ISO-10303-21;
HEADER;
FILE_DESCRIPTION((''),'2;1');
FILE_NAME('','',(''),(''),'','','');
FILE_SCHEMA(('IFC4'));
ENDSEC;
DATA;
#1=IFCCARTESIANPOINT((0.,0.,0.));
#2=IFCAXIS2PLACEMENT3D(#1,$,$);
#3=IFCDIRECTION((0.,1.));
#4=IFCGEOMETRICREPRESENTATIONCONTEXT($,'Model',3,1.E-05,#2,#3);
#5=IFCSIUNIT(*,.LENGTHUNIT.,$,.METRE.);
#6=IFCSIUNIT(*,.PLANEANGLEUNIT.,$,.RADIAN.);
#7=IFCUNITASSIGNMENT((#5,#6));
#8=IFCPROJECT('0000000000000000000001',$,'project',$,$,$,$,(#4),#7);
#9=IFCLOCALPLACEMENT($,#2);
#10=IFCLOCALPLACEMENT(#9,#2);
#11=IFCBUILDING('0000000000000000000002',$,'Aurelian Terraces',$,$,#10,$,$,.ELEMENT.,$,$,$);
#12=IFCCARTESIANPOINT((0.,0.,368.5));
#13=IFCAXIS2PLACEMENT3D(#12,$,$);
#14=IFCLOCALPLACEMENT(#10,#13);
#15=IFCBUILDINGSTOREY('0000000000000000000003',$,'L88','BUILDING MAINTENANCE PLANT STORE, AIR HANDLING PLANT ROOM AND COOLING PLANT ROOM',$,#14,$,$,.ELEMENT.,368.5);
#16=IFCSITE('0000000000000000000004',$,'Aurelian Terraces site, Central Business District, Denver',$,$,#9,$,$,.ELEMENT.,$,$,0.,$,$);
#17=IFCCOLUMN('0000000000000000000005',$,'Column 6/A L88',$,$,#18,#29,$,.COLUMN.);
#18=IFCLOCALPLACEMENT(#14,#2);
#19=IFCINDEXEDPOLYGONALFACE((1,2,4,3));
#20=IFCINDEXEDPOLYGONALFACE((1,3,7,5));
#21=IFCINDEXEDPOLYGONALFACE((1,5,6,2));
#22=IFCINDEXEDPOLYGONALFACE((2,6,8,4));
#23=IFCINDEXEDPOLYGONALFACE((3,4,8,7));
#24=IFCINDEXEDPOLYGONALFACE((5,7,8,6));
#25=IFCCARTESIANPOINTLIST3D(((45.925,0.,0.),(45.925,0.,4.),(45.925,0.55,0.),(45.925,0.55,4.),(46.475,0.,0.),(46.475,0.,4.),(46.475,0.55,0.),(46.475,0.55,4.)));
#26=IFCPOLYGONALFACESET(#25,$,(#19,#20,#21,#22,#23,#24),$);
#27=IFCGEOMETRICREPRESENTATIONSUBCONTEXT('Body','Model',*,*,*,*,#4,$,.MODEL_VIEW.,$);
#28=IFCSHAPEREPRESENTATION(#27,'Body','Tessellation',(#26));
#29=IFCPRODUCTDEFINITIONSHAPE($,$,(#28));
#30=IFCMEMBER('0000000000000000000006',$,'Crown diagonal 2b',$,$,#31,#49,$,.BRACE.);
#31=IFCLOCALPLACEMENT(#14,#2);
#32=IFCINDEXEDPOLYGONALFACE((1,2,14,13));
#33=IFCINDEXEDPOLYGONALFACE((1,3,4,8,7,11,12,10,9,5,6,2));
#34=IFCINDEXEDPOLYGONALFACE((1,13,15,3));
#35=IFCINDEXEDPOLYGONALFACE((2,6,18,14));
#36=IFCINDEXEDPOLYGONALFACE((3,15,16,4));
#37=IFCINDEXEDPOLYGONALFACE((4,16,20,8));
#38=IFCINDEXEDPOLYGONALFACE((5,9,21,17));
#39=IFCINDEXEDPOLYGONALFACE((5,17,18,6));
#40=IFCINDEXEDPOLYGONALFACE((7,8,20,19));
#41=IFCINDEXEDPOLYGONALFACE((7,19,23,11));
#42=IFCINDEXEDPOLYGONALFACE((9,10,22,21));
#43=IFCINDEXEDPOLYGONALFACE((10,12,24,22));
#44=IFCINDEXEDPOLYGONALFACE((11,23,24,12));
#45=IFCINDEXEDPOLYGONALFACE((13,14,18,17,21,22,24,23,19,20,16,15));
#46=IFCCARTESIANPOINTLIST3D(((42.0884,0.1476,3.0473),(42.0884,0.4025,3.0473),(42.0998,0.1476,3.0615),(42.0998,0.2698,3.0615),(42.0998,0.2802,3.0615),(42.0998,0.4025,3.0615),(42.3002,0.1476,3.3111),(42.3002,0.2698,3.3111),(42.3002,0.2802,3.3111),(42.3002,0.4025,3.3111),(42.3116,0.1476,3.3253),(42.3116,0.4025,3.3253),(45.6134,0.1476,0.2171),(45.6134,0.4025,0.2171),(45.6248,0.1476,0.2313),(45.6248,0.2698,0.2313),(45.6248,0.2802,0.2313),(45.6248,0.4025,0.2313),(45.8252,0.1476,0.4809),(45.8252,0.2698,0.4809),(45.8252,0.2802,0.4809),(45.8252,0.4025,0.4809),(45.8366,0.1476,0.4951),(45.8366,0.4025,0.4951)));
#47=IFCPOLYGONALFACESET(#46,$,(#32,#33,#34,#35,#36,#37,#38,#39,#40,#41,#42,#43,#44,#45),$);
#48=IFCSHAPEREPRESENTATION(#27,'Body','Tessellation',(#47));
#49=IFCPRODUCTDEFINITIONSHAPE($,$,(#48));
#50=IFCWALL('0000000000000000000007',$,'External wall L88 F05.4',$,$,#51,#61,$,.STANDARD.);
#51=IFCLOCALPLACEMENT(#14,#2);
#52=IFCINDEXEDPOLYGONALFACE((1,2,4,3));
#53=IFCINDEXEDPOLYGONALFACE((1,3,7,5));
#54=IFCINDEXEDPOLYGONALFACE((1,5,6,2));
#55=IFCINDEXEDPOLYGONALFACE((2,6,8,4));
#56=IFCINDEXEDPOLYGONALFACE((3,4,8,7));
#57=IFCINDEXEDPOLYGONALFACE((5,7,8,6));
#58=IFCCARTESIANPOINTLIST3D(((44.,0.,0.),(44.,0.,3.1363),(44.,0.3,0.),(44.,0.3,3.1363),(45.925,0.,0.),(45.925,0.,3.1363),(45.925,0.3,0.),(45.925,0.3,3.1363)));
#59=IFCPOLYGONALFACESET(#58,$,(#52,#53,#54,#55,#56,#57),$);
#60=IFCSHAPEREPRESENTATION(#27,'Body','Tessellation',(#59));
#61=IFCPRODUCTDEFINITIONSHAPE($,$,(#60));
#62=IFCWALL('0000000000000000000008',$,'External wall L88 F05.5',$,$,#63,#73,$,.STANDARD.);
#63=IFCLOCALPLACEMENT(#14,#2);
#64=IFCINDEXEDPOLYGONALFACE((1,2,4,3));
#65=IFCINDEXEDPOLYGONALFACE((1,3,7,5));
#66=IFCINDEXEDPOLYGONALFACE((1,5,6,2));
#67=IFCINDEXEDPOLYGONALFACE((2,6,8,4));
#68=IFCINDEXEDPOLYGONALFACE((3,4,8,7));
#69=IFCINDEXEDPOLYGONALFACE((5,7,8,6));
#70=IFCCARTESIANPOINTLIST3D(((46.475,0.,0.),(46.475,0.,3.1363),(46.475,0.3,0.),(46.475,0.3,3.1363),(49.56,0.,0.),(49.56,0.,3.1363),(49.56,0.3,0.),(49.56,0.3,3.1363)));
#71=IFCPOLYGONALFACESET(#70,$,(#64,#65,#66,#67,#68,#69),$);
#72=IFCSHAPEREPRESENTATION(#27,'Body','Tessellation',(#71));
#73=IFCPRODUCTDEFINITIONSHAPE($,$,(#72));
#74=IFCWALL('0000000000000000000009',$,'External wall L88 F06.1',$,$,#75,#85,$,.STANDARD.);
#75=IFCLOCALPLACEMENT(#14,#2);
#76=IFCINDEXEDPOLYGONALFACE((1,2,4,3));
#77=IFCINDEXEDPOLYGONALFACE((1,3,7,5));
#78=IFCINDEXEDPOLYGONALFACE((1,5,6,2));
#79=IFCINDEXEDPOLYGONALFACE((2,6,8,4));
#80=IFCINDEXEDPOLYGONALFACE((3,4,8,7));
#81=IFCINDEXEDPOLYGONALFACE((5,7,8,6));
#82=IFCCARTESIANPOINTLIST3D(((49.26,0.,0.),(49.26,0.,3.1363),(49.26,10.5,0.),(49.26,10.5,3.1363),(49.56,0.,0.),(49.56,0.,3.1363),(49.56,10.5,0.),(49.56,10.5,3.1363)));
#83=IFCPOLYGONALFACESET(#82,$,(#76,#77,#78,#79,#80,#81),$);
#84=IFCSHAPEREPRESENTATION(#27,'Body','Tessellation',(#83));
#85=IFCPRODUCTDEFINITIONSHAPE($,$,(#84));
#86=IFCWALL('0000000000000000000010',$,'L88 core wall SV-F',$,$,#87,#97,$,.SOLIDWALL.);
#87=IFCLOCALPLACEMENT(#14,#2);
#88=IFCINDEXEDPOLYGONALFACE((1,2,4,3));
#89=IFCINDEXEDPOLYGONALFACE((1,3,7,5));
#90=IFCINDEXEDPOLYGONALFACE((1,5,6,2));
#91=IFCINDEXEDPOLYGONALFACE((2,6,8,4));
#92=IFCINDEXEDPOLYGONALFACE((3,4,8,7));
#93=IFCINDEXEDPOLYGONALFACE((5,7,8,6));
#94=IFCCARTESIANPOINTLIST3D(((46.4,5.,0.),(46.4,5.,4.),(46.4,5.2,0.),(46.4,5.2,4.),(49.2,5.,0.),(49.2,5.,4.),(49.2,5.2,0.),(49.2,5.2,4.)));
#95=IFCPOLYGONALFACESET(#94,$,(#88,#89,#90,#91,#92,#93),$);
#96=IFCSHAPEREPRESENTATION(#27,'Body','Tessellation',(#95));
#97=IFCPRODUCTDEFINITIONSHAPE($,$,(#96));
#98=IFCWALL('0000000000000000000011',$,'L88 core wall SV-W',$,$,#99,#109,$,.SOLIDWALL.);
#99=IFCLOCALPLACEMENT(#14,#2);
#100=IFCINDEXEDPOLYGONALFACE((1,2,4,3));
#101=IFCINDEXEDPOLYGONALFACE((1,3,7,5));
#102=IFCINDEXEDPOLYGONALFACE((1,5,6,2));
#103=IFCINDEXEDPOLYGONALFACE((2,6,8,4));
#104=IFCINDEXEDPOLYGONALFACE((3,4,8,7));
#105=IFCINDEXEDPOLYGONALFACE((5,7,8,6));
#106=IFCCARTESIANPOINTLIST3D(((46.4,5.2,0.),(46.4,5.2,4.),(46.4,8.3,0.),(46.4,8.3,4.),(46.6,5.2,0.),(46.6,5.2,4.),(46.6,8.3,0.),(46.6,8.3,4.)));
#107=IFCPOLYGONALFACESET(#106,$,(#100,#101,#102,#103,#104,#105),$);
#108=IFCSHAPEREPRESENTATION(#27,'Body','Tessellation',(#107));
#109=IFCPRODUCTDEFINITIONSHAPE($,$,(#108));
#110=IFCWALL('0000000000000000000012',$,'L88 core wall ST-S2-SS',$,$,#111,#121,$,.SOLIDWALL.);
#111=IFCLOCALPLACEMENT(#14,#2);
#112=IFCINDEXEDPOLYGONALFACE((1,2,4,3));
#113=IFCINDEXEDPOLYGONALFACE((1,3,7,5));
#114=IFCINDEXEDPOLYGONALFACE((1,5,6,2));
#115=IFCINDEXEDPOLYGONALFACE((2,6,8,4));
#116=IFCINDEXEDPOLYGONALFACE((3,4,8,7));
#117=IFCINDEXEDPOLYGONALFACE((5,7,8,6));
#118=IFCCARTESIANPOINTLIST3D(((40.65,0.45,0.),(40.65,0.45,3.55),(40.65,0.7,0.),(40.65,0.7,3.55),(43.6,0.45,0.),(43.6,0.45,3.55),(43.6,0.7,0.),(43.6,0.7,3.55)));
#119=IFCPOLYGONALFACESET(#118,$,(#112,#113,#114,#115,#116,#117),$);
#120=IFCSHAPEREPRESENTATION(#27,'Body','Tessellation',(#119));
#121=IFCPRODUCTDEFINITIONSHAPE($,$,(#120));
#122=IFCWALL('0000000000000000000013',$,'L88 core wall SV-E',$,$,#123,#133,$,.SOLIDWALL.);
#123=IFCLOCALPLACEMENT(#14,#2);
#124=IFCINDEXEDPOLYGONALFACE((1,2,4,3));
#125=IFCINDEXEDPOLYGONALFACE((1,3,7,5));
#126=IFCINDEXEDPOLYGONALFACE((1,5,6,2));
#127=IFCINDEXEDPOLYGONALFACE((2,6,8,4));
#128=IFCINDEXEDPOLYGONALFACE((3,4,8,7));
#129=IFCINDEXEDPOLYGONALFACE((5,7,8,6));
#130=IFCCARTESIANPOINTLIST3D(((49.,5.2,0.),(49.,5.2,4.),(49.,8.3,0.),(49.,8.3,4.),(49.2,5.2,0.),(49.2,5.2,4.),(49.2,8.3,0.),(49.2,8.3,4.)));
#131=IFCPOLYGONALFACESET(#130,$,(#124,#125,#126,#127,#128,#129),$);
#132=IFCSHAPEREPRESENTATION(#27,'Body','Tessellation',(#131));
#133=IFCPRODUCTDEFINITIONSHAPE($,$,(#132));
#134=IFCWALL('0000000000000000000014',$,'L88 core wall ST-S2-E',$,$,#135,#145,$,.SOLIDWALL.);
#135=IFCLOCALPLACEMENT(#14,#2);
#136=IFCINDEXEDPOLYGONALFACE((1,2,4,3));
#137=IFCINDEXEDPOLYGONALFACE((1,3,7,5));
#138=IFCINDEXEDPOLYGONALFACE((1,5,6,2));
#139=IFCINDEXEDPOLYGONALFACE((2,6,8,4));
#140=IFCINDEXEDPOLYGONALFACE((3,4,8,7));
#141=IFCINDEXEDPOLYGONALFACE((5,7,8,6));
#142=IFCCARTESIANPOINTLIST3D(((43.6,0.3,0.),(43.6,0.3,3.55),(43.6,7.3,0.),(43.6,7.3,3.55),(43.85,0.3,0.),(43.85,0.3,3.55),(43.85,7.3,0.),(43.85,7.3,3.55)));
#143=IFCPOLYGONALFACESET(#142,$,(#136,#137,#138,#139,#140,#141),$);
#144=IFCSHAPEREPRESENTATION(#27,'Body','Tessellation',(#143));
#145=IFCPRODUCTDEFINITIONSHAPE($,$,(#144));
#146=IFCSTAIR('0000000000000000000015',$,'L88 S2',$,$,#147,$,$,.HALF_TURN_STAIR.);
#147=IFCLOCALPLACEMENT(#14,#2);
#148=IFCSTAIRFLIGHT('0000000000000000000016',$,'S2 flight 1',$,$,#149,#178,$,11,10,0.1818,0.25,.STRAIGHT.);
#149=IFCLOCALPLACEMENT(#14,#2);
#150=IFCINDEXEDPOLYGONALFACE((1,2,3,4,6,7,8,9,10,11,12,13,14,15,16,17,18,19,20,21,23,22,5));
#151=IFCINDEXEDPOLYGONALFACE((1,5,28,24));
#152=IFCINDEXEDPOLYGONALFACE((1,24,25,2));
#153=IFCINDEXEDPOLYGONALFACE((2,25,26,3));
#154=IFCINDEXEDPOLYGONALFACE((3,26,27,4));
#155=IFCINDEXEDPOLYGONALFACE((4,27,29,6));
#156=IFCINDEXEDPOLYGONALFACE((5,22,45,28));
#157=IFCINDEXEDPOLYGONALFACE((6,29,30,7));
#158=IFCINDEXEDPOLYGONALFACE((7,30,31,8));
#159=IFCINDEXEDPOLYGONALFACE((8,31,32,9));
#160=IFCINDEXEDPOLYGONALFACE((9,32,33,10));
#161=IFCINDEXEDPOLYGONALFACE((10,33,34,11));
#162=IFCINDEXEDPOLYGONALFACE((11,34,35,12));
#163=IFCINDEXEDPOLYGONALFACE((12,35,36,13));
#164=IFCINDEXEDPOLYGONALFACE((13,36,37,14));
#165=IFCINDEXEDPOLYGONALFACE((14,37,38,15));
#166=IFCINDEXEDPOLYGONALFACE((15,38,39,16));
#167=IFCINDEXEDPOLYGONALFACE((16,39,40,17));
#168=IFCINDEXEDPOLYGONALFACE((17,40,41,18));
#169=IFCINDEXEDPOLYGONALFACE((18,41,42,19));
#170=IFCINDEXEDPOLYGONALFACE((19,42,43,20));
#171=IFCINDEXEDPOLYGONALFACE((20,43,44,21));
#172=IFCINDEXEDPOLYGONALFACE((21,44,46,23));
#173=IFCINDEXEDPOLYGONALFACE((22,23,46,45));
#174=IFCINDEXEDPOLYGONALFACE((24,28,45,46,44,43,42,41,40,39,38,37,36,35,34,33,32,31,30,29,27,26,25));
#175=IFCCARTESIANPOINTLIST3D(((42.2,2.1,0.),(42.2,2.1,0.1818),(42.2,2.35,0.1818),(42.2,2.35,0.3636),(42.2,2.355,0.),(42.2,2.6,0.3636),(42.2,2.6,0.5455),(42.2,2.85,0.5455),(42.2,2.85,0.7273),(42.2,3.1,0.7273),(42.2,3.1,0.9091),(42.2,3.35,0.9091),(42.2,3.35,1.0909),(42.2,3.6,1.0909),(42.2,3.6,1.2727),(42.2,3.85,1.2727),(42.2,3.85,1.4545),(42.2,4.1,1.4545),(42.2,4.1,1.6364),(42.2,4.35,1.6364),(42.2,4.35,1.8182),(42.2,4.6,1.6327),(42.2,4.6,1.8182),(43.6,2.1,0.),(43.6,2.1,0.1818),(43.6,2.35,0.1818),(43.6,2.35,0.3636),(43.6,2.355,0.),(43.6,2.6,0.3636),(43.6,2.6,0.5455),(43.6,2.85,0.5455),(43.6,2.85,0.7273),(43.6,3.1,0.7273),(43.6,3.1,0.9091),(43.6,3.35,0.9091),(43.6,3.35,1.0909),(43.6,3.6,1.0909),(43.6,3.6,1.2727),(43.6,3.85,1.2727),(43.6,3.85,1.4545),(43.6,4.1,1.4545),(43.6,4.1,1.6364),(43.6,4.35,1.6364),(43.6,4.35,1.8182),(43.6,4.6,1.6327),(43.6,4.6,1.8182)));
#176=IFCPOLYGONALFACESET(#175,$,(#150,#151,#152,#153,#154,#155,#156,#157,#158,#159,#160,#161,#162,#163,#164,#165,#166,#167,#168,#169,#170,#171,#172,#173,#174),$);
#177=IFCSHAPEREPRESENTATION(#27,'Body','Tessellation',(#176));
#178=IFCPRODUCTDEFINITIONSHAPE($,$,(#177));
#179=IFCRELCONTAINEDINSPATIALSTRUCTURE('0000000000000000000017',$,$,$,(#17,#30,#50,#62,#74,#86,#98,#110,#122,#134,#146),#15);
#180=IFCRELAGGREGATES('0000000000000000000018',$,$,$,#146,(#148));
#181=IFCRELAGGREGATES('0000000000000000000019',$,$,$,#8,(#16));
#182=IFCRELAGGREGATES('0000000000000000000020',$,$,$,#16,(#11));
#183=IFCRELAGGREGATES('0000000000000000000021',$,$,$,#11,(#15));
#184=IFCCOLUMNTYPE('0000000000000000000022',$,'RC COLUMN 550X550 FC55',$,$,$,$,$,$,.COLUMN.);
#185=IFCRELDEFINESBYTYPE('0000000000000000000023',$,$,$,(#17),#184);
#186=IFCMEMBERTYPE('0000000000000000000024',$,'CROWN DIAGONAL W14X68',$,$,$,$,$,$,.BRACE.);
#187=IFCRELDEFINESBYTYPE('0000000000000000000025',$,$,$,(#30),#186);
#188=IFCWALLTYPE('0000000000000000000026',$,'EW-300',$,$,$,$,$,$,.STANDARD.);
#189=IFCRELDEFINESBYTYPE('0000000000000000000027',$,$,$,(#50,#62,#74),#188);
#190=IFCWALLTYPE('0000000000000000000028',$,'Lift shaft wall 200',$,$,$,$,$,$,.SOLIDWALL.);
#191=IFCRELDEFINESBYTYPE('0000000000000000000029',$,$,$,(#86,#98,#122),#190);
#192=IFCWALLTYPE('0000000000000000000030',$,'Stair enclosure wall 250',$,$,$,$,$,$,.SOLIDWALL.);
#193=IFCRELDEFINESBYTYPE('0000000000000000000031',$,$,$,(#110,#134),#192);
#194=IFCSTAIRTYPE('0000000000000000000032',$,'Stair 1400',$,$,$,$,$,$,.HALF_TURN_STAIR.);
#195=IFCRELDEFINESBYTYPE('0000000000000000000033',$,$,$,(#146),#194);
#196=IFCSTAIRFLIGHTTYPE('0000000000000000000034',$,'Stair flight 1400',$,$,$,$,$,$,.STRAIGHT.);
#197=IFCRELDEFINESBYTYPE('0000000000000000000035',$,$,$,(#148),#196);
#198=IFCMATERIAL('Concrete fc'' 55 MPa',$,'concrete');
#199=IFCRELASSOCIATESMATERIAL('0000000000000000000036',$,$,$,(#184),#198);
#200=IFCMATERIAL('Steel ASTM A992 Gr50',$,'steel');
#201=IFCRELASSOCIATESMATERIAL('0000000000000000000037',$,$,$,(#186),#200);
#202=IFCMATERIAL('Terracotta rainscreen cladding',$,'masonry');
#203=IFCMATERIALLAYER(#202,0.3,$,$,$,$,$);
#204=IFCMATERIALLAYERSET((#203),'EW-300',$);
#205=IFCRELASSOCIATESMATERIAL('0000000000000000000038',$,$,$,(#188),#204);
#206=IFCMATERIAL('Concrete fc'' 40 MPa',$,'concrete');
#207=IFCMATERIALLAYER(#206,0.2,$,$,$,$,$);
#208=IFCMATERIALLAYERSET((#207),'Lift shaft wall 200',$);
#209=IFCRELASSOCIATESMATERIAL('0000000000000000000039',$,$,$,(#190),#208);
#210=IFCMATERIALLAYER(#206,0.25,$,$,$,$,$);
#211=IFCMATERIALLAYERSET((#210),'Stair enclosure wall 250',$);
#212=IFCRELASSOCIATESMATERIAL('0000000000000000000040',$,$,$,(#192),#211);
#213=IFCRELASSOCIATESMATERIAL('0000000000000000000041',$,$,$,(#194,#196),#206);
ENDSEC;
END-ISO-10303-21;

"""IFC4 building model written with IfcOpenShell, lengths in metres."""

from ifc_helpers import new_model, si_unit, direction, frame, frame_2d, origin, origin_2d, place, context, subcontext, project, spatial, polyline, rectangle, i_section, outline, extrude, source, transform, mapped, material, layer, layer_set, material_profile, profile_set, type_object, element, aggregate, save


model = new_model("IFC4")

# Units and contexts
model_context = context("Model", 3, precision=1e-05, world=origin(), true_north=direction((0.0, 1.0)))
body_context = subcontext(model_context, "Body", "Model", "MODEL_VIEW")
ifc_project = project(units=[si_unit("LENGTHUNIT", "METRE"), si_unit("PLANEANGLEUNIT", "RADIAN")], contexts=[model_context])

# Site, building, storey
site_placement = place(None, origin())
site = spatial("IfcSite", under=ifc_project, at=site_placement, Name="Aurelian Terraces site, Central Business District, Denver", CompositionType="ELEMENT", RefElevation=0.0)
building_placement = place(site_placement, origin())
building = spatial("IfcBuilding", under=site, at=building_placement, Name="Aurelian Terraces", CompositionType="ELEMENT")
storey_placement = place(building_placement, frame((0.0, 0.0, 368.5)))
storey = spatial("IfcBuildingStorey", under=building, at=storey_placement, Name="L88", Description="BUILDING MAINTENANCE PLANT STORE, AIR HANDLING PLANT ROOM AND COOLING PLANT ROOM", CompositionType="ELEMENT", Elevation=368.5)

# Column
ifc_material_1 = material(Name="Concrete fc' 55 MPa", Category="concrete")
ifc_material_profile_1 = material_profile(ifc_material_1, rectangle(XDim=0.55, YDim=0.55, at=origin_2d()))
ifc_profile_set_1 = profile_set([ifc_material_profile_1], Name="Concrete fc' 55 MPa")
column_type = type_object("IfcColumnType", Name="RC COLUMN 550X550 FC55", PredefinedType="COLUMN", material=ifc_profile_set_1)
shared_shape_1 = source(origin(), body_context, "Body", "SweptSolid", [
    extrude(rectangle(XDim=0.55, YDim=0.55, at=origin_2d()), origin(), (0.0, 0.0, 1.0), 4.0),
])
column_placement = place(storey_placement, frame((46.2, 0.275, 0.0), z_axis=(0.0, 0.0, 1.0), x_axis=(1.0, 0.0, 0.0)))
element("IfcColumn", 1, at=column_placement, inside=storey, type_object=column_type, Name="Column 6/A L88", PredefinedType="COLUMN", context=body_context, shape_type="MappedRepresentation", body=[
    mapped(shared_shape_1, transform((0.0, 0.0, 0.0), scale=1.0)),
])

# Member
ifc_material_2 = material(Name="Steel ASTM A992 Gr50", Category="steel")
ifc_material_profile_2 = material_profile(ifc_material_2, i_section(OverallWidth=0.2549, OverallDepth=0.3566, WebThickness=0.0105, FlangeThickness=0.0183, at=origin_2d()))
ifc_profile_set_2 = profile_set([ifc_material_profile_2], Name="Steel ASTM A992 Gr50")
member_type = type_object("IfcMemberType", Name="CROWN DIAGONAL W14X68", PredefinedType="BRACE", material=ifc_profile_set_2)
shared_shape_2 = source(origin(), body_context, "Body", "SweptSolid", [
    extrude(i_section(OverallWidth=0.2549, OverallDepth=0.3566, WebThickness=0.0105, FlangeThickness=0.0183, at=origin_2d()), origin(), (0.0, 0.0, 1.0), 4.5206),
])
member_placement = place(storey_placement, frame((42.2, 0.275, 3.1863), z_axis=(0.779767, 0.0, -0.62607), x_axis=(0.0, 1.0, 0.0)))
element("IfcMember", 2, at=member_placement, inside=storey, type_object=member_type, Name="Crown diagonal 2b", PredefinedType="BRACE", context=body_context, shape_type="MappedRepresentation", body=[
    mapped(shared_shape_2, transform((0.0, 0.0, 0.0), scale=1.0)),
])

# Walls
ifc_material_3 = material(Name="Terracotta rainscreen cladding", Category="masonry")
ifc_layer_1 = layer(ifc_material_3, 0.3)
ifc_layer_set_1 = layer_set([ifc_layer_1], Name="EW-300")
wall_type_1 = type_object("IfcWallType", Name="EW-300", PredefinedType="STANDARD", material=ifc_layer_set_1)
wall_1_placement = place(storey_placement, frame((44.0, 0.15, 0.0), z_axis=(0.0, 0.0, 1.0), x_axis=(1.0, 0.0, 0.0)))
element("IfcWall", 3, at=wall_1_placement, inside=storey, type_object=wall_type_1, Name="External wall L88 F05.4", PredefinedType="STANDARD", context=body_context, shape_type="SweptSolid", body=[
    extrude(rectangle(XDim=1.925, YDim=0.3, at=frame_2d((0.9625, 0.0))), origin(), (0.0, 0.0, 1.0), 3.1363),
])
wall_2_placement = place(storey_placement, frame((46.475, 0.15, 0.0), z_axis=(0.0, 0.0, 1.0), x_axis=(1.0, 0.0, 0.0)))
element("IfcWall", 4, at=wall_2_placement, inside=storey, type_object=wall_type_1, Name="External wall L88 F05.5", PredefinedType="STANDARD", context=body_context, shape_type="SweptSolid", body=[
    extrude(rectangle(XDim=3.085, YDim=0.3, at=frame_2d((1.5425, 0.0))), origin(), (0.0, 0.0, 1.0), 3.1363),
])
wall_3_placement = place(storey_placement, frame((49.41, 0.0, 0.0), z_axis=(0.0, 0.0, 1.0), x_axis=(0.0, 1.0, 0.0)))
element("IfcWall", 5, at=wall_3_placement, inside=storey, type_object=wall_type_1, Name="External wall L88 F06.1", PredefinedType="STANDARD", context=body_context, shape_type="SweptSolid", body=[
    extrude(rectangle(XDim=10.5, YDim=0.3, at=frame_2d((5.25, 0.0))), origin(), (0.0, 0.0, 1.0), 3.1363),
])
ifc_material_4 = material(Name="Concrete fc' 40 MPa", Category="concrete")
ifc_layer_2 = layer(ifc_material_4, 0.2)
ifc_layer_set_2 = layer_set([ifc_layer_2], Name="Lift shaft wall 200")
wall_type_2 = type_object("IfcWallType", Name="Lift shaft wall 200", PredefinedType="SOLIDWALL", material=ifc_layer_set_2)
wall_4_placement = place(storey_placement, frame((46.4, 5.1, 0.0), z_axis=(0.0, 0.0, 1.0), x_axis=(1.0, 0.0, 0.0)))
element("IfcWall", 6, at=wall_4_placement, inside=storey, type_object=wall_type_2, Name="L88 core wall SV-F", PredefinedType="SOLIDWALL", context=body_context, shape_type="SweptSolid", body=[
    extrude(rectangle(XDim=2.8, YDim=0.2, at=frame_2d((1.4, 0.0))), origin(), (0.0, 0.0, 1.0), 4.0),
])
wall_5_placement = place(storey_placement, frame((46.5, 5.2, 0.0), z_axis=(0.0, 0.0, 1.0), x_axis=(0.0, 1.0, 0.0)))
element("IfcWall", 7, at=wall_5_placement, inside=storey, type_object=wall_type_2, Name="L88 core wall SV-W", PredefinedType="SOLIDWALL", context=body_context, shape_type="SweptSolid", body=[
    extrude(rectangle(XDim=3.1, YDim=0.2, at=frame_2d((1.55, 0.0))), origin(), (0.0, 0.0, 1.0), 4.0),
])
ifc_layer_3 = layer(ifc_material_4, 0.25)
ifc_layer_set_3 = layer_set([ifc_layer_3], Name="Stair enclosure wall 250")
wall_type_3 = type_object("IfcWallType", Name="Stair enclosure wall 250", PredefinedType="SOLIDWALL", material=ifc_layer_set_3)
wall_6_placement = place(storey_placement, frame((40.65, 0.575, 0.0), z_axis=(0.0, 0.0, 1.0), x_axis=(1.0, 0.0, 0.0)))
element("IfcWall", 8, at=wall_6_placement, inside=storey, type_object=wall_type_3, Name="L88 core wall ST-S2-SS", PredefinedType="SOLIDWALL", context=body_context, shape_type="SweptSolid", body=[
    extrude(rectangle(XDim=2.95, YDim=0.25, at=frame_2d((1.475, 0.0))), origin(), (0.0, 0.0, 1.0), 3.55),
])
shared_shape_3 = source(origin(), body_context, "Body", "SweptSolid", [
    extrude(rectangle(XDim=3.1, YDim=0.2, at=frame_2d((1.55, 0.0))), origin(), (0.0, 0.0, 1.0), 4.0),
])
wall_7_placement = place(storey_placement, frame((49.1, 5.2, 0.0), z_axis=(0.0, 0.0, 1.0), x_axis=(0.0, 1.0, 0.0)))
element("IfcWall", 9, at=wall_7_placement, inside=storey, type_object=wall_type_2, Name="L88 core wall SV-E", PredefinedType="SOLIDWALL", context=body_context, shape_type="MappedRepresentation", body=[
    mapped(shared_shape_3, transform((0.0, 0.0, 0.0), scale=1.0)),
])
shared_shape_4 = source(origin(), body_context, "Body", "SweptSolid", [
    extrude(rectangle(XDim=7.0, YDim=0.25, at=frame_2d((3.5, 0.0))), origin(), (0.0, 0.0, 1.0), 3.55),
])
wall_8_placement = place(storey_placement, frame((43.725, 0.3, 0.0), z_axis=(0.0, 0.0, 1.0), x_axis=(0.0, 1.0, 0.0)))
element("IfcWall", 10, at=wall_8_placement, inside=storey, type_object=wall_type_3, Name="L88 core wall ST-S2-E", PredefinedType="SOLIDWALL", context=body_context, shape_type="MappedRepresentation", body=[
    mapped(shared_shape_4, transform((0.0, 0.0, 0.0), scale=1.0)),
])

# Stair, stair flight
stair_type = type_object("IfcStairType", Name="Stair 1400", PredefinedType="HALF_TURN_STAIR", material=ifc_material_4)
stair_placement = place(storey_placement, origin())
stair = element("IfcStair", 11, at=stair_placement, inside=storey, type_object=stair_type, Name="L88 S2", PredefinedType="HALF_TURN_STAIR")
stair_flight_type = type_object("IfcStairFlightType", Name="Stair flight 1400", PredefinedType="STRAIGHT", material=ifc_material_4)
shared_shape_5 = source(origin(), body_context, "Body", "SweptSolid", [
    extrude(outline(polyline([(0.0, 0.0), (0.0, 0.1818), (0.25, 0.1818), (0.25, 0.3636), (0.5, 0.3636), (0.5, 0.5455), (0.75, 0.5455), (0.75, 0.7273), (1.0, 0.7273), (1.0, 0.9091), (1.25, 0.9091), (1.25, 1.0909), (1.5, 1.0909), (1.5, 1.2727), (1.75, 1.2727), (1.75, 1.4545), (2.0, 1.4545), (2.0, 1.6364), (2.25, 1.6364), (2.25, 1.8182), (2.5, 1.8182), (2.5, 2.0), (2.5, 1.6327), (0.255, 0.0), (0.0, 0.0)])), frame((0.0, 0.7, 0.0), z_axis=(0.0, -1.0, 0.0), x_axis=(1.0, 0.0, 0.0)), (0.0, 0.0, 1.0), 1.4),
])
stair_flight_1_placement = place(storey_placement, frame((42.9, 2.1, 0.0), z_axis=(0.0, 0.0, 1.0), x_axis=(0.0, 1.0, 0.0)))
stair_flight_1 = element("IfcStairFlight", 12, at=stair_flight_1_placement, type_object=stair_flight_type, Name="S2 flight 1", NumberOfRisers=11, NumberOfTreads=10, PredefinedType="STRAIGHT", RiserHeight=0.1818, TreadLength=0.25, context=body_context, shape_type="MappedRepresentation", body=[
    mapped(shared_shape_5, transform((0.0, 0.0, 0.0), scale=1.0)),
])
aggregate(stair, [stair_flight_1])

save(model, "model.ifc")
